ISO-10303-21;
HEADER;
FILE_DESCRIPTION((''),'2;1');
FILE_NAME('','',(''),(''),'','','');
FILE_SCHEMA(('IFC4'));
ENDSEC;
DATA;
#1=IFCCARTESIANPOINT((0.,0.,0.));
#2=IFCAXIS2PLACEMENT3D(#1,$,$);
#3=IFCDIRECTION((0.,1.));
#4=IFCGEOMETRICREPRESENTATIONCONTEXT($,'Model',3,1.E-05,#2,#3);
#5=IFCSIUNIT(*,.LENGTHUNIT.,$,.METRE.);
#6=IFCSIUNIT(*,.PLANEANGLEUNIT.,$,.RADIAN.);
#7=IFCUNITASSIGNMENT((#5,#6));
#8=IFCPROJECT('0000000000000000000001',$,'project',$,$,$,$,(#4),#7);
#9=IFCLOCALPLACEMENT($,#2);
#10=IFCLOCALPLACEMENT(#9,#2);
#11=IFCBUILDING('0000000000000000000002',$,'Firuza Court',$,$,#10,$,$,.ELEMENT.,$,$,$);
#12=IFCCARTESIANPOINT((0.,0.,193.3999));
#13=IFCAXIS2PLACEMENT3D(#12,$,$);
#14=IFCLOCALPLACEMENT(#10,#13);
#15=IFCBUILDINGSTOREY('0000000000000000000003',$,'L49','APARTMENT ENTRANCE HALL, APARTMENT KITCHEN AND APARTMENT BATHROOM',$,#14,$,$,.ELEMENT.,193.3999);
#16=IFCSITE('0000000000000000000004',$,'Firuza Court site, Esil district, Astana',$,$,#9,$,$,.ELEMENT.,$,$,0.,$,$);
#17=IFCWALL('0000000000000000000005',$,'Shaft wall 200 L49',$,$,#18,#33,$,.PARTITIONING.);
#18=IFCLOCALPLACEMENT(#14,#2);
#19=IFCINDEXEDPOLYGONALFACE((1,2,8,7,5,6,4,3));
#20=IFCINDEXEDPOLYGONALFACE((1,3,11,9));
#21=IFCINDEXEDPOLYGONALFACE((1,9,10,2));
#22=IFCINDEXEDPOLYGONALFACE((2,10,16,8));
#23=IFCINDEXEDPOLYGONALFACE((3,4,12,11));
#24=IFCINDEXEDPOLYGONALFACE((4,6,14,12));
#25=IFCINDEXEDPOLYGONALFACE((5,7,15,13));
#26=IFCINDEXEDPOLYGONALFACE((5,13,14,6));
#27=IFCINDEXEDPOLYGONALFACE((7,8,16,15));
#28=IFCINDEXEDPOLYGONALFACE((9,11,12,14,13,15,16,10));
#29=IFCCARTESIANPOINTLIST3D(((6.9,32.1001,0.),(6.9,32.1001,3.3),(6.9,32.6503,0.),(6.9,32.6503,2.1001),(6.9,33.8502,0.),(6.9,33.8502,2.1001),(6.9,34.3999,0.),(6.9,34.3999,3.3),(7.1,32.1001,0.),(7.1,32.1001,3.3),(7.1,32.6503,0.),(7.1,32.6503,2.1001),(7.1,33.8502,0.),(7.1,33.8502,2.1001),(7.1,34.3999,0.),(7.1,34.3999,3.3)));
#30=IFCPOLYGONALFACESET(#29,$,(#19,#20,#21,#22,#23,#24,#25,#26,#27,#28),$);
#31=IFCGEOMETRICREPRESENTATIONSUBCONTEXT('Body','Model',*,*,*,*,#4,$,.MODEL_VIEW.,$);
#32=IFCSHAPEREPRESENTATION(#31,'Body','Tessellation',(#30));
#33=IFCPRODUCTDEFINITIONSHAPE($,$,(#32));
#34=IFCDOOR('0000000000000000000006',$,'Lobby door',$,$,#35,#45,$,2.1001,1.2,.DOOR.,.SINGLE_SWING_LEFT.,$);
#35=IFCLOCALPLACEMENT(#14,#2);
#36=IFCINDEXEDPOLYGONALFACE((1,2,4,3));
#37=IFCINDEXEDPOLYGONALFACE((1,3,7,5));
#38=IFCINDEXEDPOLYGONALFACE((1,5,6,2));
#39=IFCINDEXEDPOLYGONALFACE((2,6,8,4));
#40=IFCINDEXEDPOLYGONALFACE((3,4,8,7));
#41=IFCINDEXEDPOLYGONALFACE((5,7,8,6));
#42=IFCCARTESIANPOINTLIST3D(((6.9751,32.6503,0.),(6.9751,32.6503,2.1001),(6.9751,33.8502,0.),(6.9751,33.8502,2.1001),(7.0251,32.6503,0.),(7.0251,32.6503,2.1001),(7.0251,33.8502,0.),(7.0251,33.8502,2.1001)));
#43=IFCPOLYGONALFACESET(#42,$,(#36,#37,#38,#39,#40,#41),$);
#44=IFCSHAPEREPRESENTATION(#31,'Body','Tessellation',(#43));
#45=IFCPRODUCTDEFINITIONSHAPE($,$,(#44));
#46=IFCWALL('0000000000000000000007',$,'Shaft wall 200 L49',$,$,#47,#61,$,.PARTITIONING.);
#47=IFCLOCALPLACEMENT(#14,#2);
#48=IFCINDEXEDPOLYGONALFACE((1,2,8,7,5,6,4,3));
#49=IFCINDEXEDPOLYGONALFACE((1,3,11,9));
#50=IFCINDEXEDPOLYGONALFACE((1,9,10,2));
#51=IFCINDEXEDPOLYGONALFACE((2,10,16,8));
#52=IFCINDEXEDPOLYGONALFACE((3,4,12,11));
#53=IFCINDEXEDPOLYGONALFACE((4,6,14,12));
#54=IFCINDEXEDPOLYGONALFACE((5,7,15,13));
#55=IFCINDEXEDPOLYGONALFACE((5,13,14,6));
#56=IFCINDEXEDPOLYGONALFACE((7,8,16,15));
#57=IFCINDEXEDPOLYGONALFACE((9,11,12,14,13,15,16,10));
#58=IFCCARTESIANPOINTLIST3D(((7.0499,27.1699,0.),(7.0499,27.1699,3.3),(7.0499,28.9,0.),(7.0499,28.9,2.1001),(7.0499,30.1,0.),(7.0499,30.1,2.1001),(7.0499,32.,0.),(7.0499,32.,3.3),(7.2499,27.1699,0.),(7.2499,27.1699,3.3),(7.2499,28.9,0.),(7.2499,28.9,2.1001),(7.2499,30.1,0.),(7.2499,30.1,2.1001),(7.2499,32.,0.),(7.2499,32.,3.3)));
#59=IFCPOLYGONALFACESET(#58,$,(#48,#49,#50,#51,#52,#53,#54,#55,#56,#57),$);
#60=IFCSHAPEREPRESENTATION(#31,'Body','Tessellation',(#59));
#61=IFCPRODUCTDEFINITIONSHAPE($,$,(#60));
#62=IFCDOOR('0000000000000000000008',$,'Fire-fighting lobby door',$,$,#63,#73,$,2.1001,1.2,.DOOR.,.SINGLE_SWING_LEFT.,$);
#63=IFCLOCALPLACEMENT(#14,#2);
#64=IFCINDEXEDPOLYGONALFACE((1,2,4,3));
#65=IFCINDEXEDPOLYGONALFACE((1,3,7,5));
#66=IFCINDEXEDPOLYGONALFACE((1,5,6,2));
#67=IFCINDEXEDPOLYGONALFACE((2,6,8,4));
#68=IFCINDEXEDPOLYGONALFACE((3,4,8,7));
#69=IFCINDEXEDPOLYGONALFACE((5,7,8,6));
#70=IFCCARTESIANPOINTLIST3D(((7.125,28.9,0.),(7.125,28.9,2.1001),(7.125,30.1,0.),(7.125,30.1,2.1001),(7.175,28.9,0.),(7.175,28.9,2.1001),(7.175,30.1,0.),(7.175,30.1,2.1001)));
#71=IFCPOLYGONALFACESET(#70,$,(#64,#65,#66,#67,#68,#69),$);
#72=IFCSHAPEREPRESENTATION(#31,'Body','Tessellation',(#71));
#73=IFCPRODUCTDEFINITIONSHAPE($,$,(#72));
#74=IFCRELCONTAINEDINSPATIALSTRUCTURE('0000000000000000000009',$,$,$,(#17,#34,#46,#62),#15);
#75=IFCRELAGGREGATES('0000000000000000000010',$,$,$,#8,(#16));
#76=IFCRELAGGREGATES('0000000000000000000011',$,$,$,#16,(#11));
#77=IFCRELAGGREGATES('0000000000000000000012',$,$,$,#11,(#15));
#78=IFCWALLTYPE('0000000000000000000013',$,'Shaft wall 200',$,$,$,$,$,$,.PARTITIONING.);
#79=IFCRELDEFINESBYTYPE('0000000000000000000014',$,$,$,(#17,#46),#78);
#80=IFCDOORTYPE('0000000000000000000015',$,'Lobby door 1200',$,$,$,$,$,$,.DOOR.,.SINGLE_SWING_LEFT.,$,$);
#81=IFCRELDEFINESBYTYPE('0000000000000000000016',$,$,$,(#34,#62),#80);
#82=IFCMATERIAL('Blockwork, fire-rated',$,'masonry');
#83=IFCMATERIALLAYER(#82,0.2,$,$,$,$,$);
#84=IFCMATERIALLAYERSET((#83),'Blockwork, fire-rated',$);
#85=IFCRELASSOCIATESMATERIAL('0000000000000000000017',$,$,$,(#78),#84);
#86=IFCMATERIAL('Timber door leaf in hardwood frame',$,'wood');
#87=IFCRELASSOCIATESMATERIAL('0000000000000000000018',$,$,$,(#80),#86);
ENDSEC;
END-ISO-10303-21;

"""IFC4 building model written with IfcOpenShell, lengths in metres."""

from ifc_helpers import new_model, si_unit, direction, frame, frame_2d, origin, place, context, subcontext, project, spatial, rectangle, extrude, material, layer, layer_set, type_object, element, fill, save


model = new_model("IFC4")

# Units and contexts
model_context = context("Model", 3, precision=1e-05, world=origin(), true_north=direction((0.0, 1.0)))
body_context = subcontext(model_context, "Body", "Model", "MODEL_VIEW")
ifc_project = project(units=[si_unit("LENGTHUNIT", "METRE"), si_unit("PLANEANGLEUNIT", "RADIAN")], contexts=[model_context])

# Site, building, storey
site_placement = place(None, origin())
site = spatial("IfcSite", under=ifc_project, at=site_placement, Name="Firuza Court site, Esil district, Astana", CompositionType="ELEMENT", RefElevation=0.0)
building_placement = place(site_placement, origin())
building = spatial("IfcBuilding", under=site, at=building_placement, Name="Firuza Court", CompositionType="ELEMENT")
storey_placement = place(building_placement, frame((0.0, 0.0, 193.3999)))
storey = spatial("IfcBuildingStorey", under=building, at=storey_placement, Name="L49", Description="APARTMENT ENTRANCE HALL, APARTMENT KITCHEN AND APARTMENT BATHROOM", CompositionType="ELEMENT", Elevation=193.3999)

# Shared definitions
ifc_material_1 = material(Name="Blockwork, fire-rated", Category="masonry")
ifc_layer_1 = layer(ifc_material_1, 0.2)
ifc_layer_set_1 = layer_set([ifc_layer_1], Name="Blockwork, fire-rated")
wall_type_1 = type_object("IfcWallType", Name="Shaft wall 200", PredefinedType="PARTITIONING", material=ifc_layer_set_1)

# Shared definitions
ifc_material_2 = material(Name="Timber door leaf in hardwood frame", Category="wood")
door_type = type_object("IfcDoorType", Name="Lobby door 1200", OperationType="SINGLE_SWING_LEFT", PredefinedType="DOOR", material=ifc_material_2)

# Walls, openings, doors
wall_1_placement = place(storey_placement, frame((7.0, 32.1001, 0.0), z_axis=(0.0, 0.0, 1.0), x_axis=(0.0, 1.0, 0.0)))
wall_1 = element("IfcWall", 1, at=wall_1_placement, inside=storey, type_object=wall_type_1, Name="Shaft wall 200 L49", PredefinedType="PARTITIONING", context=body_context, shape_type="SweptSolid", body=[
    extrude(rectangle(XDim=2.2998, YDim=0.2, at=frame_2d((1.1499, 0.0))), origin(), (0.0, 0.0, 1.0), 3.3),
])
opening_1_placement = place(wall_1_placement, frame((0.55, 0.0, 0.0)))
opening_1 = element("IfcOpeningElement", 2, at=opening_1_placement, cuts=wall_1, PredefinedType="OPENING", context=body_context, shape_type="SweptSolid", body=[
    extrude(rectangle(XDim=1.2, YDim=2.1001, at=frame_2d((0.6001, 1.05))), frame((0.0, 0.1118, 0.0), z_axis=(0.0, -1.0, 0.0), x_axis=(1.0, 0.0, 0.0)), (0.0, 0.0, 1.0), 0.2239),
])
door_1_placement = place(opening_1_placement, origin())
door_1 = element("IfcDoor", 3, at=door_1_placement, inside=storey, type_object=door_type, Name="Lobby door", OperationType="SINGLE_SWING_LEFT", OverallHeight=2.1001, OverallWidth=1.2, PredefinedType="DOOR", context=body_context, shape_type="SweptSolid", body=[
    extrude(rectangle(XDim=1.2, YDim=2.1001, at=frame_2d((0.6001, 1.05))), frame((0.0, 0.0249, 0.0), z_axis=(0.0, -1.0, 0.0), x_axis=(1.0, 0.0, 0.0)), (0.0, 0.0, 1.0), 0.05),
])
fill(opening_1, door_1)
wall_2_placement = place(storey_placement, frame((7.1499, 27.1699, 0.0), z_axis=(0.0, 0.0, 1.0), x_axis=(0.0, 1.0, 0.0)))
wall_2 = element("IfcWall", 4, at=wall_2_placement, inside=storey, type_object=wall_type_1, Name="Shaft wall 200 L49", PredefinedType="PARTITIONING", context=body_context, shape_type="SweptSolid", body=[
    extrude(rectangle(XDim=4.8301, YDim=0.2, at=frame_2d((2.415, 0.0))), origin(), (0.0, 0.0, 1.0), 3.3),
])
opening_2_placement = place(wall_2_placement, frame((1.73, 0.0, 0.0)))
opening_2 = element("IfcOpeningElement", 5, at=opening_2_placement, cuts=wall_2, PredefinedType="OPENING", context=body_context, shape_type="SweptSolid", body=[
    extrude(rectangle(XDim=1.2, YDim=2.1001, at=frame_2d((0.6001, 1.05))), frame((0.0, 0.1118, 0.0), z_axis=(0.0, -1.0, 0.0), x_axis=(1.0, 0.0, 0.0)), (0.0, 0.0, 1.0), 0.2239),
])
door_2_placement = place(opening_2_placement, origin())
door_2 = element("IfcDoor", 6, at=door_2_placement, inside=storey, type_object=door_type, Name="Fire-fighting lobby door", OperationType="SINGLE_SWING_LEFT", OverallHeight=2.1001, OverallWidth=1.2, PredefinedType="DOOR", context=body_context, shape_type="SweptSolid", body=[
    extrude(rectangle(XDim=1.2, YDim=2.1001, at=frame_2d((0.6001, 1.05))), frame((0.0, 0.0249, 0.0), z_axis=(0.0, -1.0, 0.0), x_axis=(1.0, 0.0, 0.0)), (0.0, 0.0, 1.0), 0.05),
])
fill(opening_2, door_2)

save(model, "model.ifc")
